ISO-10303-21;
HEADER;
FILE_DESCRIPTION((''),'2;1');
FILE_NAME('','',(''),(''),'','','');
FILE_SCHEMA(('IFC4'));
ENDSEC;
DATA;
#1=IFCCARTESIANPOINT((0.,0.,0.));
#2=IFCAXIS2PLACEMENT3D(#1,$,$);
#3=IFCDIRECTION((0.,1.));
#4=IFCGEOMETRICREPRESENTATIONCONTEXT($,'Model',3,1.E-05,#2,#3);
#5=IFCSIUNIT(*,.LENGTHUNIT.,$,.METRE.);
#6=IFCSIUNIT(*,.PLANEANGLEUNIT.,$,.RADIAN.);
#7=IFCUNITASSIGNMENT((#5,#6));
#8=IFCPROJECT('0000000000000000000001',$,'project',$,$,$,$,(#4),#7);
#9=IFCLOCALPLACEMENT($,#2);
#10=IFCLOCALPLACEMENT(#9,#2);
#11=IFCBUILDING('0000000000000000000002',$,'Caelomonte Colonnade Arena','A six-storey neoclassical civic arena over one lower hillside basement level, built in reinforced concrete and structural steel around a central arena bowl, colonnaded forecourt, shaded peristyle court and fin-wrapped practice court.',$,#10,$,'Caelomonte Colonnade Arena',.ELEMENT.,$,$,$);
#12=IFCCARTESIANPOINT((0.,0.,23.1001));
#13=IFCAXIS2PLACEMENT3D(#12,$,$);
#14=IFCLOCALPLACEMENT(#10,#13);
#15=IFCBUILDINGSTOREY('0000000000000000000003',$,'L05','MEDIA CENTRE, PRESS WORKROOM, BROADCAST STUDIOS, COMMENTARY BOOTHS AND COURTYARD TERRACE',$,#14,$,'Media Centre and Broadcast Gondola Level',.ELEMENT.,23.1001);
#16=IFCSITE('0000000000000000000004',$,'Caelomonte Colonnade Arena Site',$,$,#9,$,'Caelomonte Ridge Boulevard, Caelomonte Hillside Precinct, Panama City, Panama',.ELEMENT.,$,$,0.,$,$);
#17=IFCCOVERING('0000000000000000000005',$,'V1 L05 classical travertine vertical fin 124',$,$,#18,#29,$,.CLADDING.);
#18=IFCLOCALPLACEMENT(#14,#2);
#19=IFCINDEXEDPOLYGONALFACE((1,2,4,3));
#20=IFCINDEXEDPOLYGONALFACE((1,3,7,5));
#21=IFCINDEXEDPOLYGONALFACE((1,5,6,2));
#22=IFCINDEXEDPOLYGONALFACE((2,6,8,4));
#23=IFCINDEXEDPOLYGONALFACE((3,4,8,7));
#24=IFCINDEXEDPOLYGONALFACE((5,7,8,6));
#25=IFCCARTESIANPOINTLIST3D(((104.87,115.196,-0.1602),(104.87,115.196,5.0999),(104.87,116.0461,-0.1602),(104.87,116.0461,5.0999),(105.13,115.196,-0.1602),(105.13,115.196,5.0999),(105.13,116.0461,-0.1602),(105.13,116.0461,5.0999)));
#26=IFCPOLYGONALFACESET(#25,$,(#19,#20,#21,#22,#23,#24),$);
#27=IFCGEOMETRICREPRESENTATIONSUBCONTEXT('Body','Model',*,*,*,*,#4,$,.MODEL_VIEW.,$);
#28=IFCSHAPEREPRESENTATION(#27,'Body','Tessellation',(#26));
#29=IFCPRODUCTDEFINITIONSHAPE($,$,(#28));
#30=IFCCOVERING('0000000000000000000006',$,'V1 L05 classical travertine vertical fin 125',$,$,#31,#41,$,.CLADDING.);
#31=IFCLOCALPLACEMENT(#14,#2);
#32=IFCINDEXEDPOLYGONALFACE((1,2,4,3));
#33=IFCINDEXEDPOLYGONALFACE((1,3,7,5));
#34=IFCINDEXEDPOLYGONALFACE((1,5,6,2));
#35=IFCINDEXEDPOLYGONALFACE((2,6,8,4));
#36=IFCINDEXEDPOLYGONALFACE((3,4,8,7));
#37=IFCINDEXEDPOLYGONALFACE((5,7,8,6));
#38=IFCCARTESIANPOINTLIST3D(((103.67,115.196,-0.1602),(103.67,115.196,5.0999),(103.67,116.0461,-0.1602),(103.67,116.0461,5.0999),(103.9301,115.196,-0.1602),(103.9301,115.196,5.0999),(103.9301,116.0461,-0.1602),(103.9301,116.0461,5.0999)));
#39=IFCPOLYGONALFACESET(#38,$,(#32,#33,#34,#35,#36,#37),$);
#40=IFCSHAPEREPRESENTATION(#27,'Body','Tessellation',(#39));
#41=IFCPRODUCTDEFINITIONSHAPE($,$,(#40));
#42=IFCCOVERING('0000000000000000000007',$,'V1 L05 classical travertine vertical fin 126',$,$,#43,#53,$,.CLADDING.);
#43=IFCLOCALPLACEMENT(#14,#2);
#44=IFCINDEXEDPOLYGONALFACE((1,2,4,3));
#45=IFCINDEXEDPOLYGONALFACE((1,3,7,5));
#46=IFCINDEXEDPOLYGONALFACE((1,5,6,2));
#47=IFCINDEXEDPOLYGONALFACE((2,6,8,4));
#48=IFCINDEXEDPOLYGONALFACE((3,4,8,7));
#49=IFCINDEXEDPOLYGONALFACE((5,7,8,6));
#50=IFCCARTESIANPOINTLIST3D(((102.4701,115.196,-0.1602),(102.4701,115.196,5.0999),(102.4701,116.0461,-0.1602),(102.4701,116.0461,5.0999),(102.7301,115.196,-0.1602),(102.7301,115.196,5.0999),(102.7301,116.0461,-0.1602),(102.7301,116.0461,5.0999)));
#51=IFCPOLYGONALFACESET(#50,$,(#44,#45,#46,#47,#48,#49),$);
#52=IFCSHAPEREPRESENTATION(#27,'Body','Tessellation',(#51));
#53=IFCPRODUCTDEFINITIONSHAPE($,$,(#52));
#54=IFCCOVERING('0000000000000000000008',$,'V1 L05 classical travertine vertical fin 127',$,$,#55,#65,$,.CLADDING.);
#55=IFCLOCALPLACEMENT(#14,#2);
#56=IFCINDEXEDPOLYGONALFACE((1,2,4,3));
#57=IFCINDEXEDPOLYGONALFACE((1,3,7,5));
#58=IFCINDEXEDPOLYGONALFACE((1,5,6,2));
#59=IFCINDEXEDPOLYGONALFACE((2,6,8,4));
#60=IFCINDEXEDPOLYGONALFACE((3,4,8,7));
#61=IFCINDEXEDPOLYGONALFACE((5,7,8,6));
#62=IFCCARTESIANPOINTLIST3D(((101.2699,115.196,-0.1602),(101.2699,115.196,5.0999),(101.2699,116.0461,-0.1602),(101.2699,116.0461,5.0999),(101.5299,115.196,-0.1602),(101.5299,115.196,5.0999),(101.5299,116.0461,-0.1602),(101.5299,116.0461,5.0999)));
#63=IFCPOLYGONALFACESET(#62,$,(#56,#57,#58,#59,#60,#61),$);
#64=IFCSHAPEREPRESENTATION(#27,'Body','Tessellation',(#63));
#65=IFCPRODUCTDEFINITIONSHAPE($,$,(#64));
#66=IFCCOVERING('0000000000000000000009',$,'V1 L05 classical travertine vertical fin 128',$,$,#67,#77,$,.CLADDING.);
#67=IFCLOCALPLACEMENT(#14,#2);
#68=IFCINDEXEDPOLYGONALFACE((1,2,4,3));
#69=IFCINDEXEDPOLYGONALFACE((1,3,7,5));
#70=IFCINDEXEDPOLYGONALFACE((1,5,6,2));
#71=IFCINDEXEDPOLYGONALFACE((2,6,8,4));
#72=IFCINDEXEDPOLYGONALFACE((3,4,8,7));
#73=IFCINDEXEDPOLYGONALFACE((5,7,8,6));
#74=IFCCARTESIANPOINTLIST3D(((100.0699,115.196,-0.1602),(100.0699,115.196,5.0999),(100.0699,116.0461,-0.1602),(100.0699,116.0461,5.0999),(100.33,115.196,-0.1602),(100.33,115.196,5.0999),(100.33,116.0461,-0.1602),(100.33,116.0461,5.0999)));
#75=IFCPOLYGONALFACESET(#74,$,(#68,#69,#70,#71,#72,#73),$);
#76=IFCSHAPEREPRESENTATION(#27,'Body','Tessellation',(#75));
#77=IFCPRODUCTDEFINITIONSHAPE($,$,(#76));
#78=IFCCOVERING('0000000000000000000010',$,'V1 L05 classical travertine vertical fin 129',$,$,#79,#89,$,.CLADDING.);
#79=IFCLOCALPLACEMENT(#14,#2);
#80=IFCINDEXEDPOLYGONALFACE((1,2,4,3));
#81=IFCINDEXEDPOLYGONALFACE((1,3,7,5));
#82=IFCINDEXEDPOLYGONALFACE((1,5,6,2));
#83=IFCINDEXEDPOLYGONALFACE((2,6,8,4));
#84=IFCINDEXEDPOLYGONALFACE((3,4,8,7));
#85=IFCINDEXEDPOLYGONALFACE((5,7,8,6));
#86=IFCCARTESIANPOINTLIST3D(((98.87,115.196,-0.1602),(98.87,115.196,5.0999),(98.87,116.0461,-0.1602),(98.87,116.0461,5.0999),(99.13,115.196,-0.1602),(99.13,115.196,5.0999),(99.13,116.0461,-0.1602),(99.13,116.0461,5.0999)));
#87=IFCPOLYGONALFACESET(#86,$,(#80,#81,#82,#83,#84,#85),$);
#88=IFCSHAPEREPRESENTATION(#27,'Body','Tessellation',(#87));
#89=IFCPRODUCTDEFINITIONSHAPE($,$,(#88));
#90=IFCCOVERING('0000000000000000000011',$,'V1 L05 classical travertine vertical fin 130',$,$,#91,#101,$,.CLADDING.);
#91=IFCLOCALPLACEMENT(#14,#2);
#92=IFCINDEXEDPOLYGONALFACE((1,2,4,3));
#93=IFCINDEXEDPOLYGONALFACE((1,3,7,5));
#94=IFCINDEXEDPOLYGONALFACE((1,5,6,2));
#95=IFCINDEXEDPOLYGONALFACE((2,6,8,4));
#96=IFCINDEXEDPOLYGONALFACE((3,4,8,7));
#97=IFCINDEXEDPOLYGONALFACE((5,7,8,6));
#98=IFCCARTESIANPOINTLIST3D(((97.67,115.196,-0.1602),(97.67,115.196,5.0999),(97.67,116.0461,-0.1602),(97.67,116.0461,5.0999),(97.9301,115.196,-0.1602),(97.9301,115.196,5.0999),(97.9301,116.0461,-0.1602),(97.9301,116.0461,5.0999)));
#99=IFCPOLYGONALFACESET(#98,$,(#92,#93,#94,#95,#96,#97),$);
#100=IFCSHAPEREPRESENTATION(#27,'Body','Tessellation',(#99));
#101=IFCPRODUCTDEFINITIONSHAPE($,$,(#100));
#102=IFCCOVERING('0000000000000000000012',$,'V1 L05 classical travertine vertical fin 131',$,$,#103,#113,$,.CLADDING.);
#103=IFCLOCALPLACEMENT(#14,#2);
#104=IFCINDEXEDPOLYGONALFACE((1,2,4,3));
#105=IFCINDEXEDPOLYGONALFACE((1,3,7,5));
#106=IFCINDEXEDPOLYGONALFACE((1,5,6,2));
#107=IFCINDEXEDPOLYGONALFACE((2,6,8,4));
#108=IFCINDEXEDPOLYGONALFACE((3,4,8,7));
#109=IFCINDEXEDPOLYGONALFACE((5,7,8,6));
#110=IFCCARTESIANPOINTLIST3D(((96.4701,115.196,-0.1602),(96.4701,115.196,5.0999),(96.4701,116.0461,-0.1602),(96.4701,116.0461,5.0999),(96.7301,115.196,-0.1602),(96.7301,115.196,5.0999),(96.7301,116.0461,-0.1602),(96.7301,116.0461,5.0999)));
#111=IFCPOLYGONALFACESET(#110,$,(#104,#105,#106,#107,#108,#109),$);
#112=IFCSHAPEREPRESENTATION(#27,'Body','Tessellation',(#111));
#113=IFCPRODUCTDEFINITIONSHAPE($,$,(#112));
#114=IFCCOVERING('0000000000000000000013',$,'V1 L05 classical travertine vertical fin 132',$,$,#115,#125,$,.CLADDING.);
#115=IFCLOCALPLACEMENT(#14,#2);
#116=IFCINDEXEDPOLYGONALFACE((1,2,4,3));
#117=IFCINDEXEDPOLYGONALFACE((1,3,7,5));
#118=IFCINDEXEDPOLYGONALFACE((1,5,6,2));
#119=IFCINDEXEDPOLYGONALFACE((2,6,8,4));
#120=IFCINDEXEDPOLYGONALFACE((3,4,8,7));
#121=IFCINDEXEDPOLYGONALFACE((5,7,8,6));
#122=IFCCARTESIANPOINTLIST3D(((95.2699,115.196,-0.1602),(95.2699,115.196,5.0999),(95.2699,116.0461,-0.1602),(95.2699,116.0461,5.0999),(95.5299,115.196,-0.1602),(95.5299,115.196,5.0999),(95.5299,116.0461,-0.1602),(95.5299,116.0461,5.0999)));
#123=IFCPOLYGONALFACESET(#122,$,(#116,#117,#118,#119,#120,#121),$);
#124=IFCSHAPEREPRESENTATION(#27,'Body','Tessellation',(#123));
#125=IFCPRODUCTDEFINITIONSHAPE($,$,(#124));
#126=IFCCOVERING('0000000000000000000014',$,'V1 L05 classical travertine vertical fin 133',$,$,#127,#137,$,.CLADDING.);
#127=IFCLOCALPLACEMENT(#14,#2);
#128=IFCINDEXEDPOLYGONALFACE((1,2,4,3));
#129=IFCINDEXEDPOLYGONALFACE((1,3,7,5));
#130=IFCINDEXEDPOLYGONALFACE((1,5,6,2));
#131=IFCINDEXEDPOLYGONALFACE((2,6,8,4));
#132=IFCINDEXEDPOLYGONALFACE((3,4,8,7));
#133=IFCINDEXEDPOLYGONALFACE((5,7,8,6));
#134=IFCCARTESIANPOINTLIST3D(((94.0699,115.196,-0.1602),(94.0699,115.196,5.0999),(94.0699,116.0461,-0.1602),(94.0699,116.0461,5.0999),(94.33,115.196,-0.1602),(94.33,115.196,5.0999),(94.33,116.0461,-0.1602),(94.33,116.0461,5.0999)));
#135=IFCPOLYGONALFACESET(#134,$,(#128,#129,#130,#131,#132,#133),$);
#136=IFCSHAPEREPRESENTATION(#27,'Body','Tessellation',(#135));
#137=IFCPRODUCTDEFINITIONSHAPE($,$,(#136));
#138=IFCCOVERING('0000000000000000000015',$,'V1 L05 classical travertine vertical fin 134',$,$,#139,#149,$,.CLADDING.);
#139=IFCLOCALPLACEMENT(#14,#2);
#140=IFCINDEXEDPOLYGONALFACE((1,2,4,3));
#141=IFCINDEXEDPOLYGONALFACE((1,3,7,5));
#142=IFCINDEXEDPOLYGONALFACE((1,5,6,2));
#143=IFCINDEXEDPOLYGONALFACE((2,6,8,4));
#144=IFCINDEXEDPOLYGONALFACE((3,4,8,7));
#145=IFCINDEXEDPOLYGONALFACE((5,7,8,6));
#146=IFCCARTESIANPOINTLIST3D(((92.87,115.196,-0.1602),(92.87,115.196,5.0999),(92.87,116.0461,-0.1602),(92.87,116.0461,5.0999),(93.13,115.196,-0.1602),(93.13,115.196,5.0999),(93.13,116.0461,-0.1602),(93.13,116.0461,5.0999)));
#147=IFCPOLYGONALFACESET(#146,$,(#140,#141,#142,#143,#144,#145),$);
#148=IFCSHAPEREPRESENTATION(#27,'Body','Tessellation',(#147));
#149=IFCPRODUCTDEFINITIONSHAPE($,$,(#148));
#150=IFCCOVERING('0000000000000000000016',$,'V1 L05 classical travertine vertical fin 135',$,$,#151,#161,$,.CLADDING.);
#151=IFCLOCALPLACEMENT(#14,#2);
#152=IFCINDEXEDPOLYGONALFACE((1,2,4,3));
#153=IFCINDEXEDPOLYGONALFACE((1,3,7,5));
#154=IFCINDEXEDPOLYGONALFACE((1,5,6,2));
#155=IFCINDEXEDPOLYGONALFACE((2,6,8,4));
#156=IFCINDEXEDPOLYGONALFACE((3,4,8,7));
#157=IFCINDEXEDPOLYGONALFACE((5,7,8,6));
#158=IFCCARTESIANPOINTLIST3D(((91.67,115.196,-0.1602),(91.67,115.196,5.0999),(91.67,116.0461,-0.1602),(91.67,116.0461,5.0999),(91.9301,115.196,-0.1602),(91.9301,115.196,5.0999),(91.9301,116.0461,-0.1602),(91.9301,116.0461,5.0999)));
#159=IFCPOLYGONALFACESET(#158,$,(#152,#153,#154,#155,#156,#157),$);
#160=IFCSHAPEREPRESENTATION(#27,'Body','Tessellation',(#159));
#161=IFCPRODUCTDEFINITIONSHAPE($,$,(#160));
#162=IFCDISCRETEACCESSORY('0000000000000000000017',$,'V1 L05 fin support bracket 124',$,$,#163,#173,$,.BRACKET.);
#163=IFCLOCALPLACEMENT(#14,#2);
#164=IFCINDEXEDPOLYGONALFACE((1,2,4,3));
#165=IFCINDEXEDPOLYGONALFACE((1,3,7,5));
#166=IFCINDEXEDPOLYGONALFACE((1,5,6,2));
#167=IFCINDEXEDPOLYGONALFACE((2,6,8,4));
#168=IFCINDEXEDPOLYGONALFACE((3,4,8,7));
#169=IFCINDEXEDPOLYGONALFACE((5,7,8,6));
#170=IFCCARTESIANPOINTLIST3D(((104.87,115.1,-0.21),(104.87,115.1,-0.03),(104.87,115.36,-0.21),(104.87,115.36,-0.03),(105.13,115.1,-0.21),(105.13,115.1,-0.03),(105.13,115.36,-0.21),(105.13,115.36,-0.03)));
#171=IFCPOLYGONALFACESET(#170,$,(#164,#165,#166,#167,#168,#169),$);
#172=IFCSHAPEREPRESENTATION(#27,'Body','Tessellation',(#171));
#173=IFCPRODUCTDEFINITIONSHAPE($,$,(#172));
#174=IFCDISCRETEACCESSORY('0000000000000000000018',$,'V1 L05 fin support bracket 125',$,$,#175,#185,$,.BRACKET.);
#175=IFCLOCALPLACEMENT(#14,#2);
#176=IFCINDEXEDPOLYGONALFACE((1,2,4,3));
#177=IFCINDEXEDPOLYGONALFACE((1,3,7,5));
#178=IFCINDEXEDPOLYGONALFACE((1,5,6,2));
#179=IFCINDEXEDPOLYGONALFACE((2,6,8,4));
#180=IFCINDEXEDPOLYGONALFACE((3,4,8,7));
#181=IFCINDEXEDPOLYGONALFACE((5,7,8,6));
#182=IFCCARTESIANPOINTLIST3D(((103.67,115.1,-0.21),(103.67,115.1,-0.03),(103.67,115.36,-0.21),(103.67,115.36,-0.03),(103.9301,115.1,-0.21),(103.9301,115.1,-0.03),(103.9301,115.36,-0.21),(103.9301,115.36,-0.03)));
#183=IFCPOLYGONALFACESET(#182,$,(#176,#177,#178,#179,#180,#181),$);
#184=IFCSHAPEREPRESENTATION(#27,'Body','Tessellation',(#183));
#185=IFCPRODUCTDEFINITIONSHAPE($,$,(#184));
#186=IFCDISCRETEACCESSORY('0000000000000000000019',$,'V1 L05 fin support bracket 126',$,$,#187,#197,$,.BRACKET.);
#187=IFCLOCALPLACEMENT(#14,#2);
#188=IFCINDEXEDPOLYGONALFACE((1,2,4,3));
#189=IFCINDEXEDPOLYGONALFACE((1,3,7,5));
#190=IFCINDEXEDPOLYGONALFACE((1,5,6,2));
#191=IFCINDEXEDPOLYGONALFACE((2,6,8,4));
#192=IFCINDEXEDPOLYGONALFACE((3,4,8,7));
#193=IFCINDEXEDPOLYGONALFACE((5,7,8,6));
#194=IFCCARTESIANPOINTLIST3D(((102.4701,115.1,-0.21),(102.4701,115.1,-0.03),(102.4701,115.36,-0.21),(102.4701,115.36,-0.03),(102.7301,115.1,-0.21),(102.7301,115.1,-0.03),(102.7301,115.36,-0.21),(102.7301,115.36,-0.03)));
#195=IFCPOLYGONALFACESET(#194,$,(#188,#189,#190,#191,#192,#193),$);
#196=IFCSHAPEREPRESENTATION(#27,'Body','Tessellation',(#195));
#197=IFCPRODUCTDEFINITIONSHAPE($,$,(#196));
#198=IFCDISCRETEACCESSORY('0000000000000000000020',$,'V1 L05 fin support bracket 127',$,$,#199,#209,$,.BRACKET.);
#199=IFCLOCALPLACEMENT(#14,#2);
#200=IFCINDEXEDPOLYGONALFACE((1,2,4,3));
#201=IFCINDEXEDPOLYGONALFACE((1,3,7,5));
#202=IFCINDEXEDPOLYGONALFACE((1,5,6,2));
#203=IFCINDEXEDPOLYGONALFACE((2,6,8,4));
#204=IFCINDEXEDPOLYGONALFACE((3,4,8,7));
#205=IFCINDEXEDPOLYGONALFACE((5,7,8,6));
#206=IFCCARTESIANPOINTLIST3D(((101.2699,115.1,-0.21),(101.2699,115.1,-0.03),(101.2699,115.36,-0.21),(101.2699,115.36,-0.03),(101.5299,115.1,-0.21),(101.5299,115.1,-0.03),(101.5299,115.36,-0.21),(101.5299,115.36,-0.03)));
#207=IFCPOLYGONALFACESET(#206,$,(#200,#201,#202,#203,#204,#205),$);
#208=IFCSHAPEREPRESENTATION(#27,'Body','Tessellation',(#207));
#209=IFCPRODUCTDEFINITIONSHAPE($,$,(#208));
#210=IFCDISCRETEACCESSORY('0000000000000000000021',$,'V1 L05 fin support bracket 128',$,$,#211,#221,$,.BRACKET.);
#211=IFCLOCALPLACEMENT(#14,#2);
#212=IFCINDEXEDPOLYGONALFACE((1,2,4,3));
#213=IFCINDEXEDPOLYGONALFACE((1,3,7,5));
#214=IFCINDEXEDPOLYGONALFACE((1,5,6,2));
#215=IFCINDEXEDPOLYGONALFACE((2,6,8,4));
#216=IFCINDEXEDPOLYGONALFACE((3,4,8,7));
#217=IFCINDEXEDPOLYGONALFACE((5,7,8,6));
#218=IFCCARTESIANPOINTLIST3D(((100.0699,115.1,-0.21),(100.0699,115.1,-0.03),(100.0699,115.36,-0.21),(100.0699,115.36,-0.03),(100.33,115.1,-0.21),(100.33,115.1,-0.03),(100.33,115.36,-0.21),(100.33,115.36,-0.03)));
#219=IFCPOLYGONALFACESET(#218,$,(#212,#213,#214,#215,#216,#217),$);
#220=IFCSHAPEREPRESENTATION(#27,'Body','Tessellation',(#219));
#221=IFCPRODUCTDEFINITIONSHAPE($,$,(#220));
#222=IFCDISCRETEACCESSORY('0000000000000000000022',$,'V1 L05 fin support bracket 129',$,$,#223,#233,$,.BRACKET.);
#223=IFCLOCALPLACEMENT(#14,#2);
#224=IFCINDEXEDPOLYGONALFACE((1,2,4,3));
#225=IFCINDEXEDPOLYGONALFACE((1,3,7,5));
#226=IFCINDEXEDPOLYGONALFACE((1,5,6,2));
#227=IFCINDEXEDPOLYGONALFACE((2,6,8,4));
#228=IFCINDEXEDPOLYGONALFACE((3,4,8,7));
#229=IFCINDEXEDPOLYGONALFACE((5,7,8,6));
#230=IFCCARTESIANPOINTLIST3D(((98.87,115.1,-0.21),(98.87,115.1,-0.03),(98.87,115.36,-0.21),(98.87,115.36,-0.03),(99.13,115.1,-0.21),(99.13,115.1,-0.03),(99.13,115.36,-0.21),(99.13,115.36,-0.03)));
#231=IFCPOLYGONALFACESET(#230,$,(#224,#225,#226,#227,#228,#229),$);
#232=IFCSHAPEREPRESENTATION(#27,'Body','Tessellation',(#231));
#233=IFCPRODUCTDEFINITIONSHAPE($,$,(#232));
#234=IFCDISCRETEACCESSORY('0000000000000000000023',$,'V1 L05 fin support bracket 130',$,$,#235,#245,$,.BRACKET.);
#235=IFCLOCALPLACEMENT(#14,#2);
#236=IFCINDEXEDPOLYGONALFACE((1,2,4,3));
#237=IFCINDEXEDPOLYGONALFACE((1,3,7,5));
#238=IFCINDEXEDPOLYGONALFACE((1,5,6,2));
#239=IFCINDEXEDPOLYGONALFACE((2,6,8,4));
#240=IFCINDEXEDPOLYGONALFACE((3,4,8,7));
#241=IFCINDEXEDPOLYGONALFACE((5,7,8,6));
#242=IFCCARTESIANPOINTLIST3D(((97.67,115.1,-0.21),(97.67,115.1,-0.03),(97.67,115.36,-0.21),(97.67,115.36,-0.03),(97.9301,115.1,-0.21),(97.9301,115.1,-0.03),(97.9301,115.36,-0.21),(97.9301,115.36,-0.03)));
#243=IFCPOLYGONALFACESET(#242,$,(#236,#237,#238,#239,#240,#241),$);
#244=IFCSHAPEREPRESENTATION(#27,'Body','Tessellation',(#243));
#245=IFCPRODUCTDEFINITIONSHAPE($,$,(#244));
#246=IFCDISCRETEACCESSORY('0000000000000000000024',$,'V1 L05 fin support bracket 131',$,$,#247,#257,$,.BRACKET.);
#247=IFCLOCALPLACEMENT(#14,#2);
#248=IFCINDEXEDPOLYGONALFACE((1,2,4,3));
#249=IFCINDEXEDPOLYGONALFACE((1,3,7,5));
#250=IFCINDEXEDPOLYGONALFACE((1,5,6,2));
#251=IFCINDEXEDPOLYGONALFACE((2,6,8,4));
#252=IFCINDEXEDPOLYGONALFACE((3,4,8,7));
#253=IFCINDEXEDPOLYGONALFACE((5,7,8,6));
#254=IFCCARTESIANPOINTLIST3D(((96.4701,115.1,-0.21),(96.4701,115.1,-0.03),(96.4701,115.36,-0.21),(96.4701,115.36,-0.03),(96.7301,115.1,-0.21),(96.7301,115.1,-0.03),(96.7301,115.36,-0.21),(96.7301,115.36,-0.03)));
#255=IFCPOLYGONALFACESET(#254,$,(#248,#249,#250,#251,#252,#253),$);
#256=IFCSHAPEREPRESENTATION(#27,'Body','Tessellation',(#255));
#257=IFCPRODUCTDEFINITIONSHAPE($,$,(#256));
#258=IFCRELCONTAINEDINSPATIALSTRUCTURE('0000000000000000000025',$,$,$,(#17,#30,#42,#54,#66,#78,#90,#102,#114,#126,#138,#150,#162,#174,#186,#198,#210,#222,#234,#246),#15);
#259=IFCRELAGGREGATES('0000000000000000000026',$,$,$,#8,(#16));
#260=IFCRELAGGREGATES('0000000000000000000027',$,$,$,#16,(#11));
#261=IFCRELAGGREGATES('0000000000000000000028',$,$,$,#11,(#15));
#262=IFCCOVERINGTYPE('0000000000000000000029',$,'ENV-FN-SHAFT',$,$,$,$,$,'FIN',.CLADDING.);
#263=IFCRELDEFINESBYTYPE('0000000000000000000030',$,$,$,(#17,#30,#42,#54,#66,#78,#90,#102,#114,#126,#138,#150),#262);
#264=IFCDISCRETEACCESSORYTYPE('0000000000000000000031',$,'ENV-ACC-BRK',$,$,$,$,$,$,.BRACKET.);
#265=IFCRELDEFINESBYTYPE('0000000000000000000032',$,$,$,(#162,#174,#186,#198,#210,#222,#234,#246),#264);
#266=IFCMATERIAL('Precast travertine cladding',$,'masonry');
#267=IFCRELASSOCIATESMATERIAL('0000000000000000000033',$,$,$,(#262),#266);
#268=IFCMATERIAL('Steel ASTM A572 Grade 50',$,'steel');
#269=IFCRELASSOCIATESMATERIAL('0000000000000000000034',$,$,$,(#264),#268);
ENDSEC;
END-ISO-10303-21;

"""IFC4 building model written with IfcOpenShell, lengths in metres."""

from ifc_helpers import new_model, si_unit, direction, frame, origin, origin_2d, place, context, subcontext, project, spatial, rectangle, extrude, material, material_profile, profile_set, type_object, element, save


model = new_model("IFC4")

# Units and contexts
model_context = context("Model", 3, precision=1e-05, world=origin(), true_north=direction((0.0, 1.0)))
body_context = subcontext(model_context, "Body", "Model", "MODEL_VIEW")
ifc_project = project(units=[si_unit("LENGTHUNIT", "METRE"), si_unit("PLANEANGLEUNIT", "RADIAN")], contexts=[model_context])

# Site, building, storey
site_placement = place(None, origin())
site = spatial("IfcSite", under=ifc_project, at=site_placement, Name="Caelomonte Colonnade Arena Site", LongName="Caelomonte Ridge Boulevard, Caelomonte Hillside Precinct, Panama City, Panama", CompositionType="ELEMENT", RefElevation=0.0)
building_placement = place(site_placement, origin())
building = spatial("IfcBuilding", under=site, at=building_placement, Name="Caelomonte Colonnade Arena", Description="A six-storey neoclassical civic arena over one lower hillside basement level, built in reinforced concrete and structural steel around a central arena bowl, colonnaded forecourt, shaded peristyle court and fin-wrapped practice court.", LongName="Caelomonte Colonnade Arena", CompositionType="ELEMENT")
storey_placement = place(building_placement, frame((0.0, 0.0, 23.1001)))
storey = spatial("IfcBuildingStorey", under=building, at=storey_placement, Name="L05", Description="MEDIA CENTRE, PRESS WORKROOM, BROADCAST STUDIOS, COMMENTARY BOOTHS AND COURTYARD TERRACE", LongName="Media Centre and Broadcast Gondola Level", CompositionType="ELEMENT", Elevation=23.1001)

# Coverings
ifc_material_1 = material(Name="Precast travertine cladding", Category="masonry")
ifc_material_profile_1 = material_profile(ifc_material_1, rectangle(XDim=0.26, YDim=0.8501, at=origin_2d()), Name="FIN260X850")
ifc_profile_set_1 = profile_set([ifc_material_profile_1], Name="Precast travertine cladding")
covering_type = type_object("IfcCoveringType", Name="ENV-FN-SHAFT", ElementType="FIN", PredefinedType="CLADDING", material=ifc_profile_set_1)
for number, where, z_axis, x_axis, name in (
    (1, (105.0, 115.6211, -0.1602), (0.0, 0.0, 1.0), (1.0, 0.0, 0.0), "V1 L05 classical travertine vertical fin 124"),
    (2, (103.8, 115.6211, -0.1602), (0.0, 0.0, 1.0), (1.0, 0.0, 0.0), "V1 L05 classical travertine vertical fin 125"),
    (3, (102.6001, 115.6211, -0.1602), (0.0, 0.0, 1.0), (1.0, 0.0, 0.0), "V1 L05 classical travertine vertical fin 126"),
    (4, (101.3999, 115.6211, -0.1602), (0.0, 0.0, 1.0), (1.0, 0.0, 0.0), "V1 L05 classical travertine vertical fin 127"),
    (5, (100.2, 115.6211, -0.1602), (0.0, 0.0, 1.0), (1.0, 0.0, 0.0), "V1 L05 classical travertine vertical fin 128"),
    (6, (99.0, 115.6211, -0.1602), (0.0, 0.0, 1.0), (1.0, 0.0, 0.0), "V1 L05 classical travertine vertical fin 129"),
    (7, (97.8, 115.6211, -0.1602), (0.0, 0.0, 1.0), (1.0, 0.0, 0.0), "V1 L05 classical travertine vertical fin 130"),
    (8, (96.6001, 115.6211, -0.1602), (0.0, 0.0, 1.0), (1.0, 0.0, 0.0), "V1 L05 classical travertine vertical fin 131"),
    (9, (95.3999, 115.6211, -0.1602), (0.0, 0.0, 1.0), (1.0, 0.0, 0.0), "V1 L05 classical travertine vertical fin 132"),
    (10, (94.2, 115.6211, -0.1602), (0.0, 0.0, 1.0), (1.0, 0.0, 0.0), "V1 L05 classical travertine vertical fin 133"),
    (11, (93.0, 115.6211, -0.1602), (0.0, 0.0, 1.0), (1.0, 0.0, 0.0), "V1 L05 classical travertine vertical fin 134"),
    (12, (91.8, 115.6211, -0.1602), (0.0, 0.0, 1.0), (1.0, 0.0, 0.0), "V1 L05 classical travertine vertical fin 135"),
):
    element("IfcCovering", number, at=place(storey_placement, frame(where, z_axis=z_axis, x_axis=x_axis)), inside=storey, type_object=covering_type, Name=name, PredefinedType="CLADDING", context=body_context, shape_type="SweptSolid", body=[
        extrude(rectangle(XDim=0.26, YDim=0.8501, at=origin_2d()), origin(), (0.0, 0.0, 1.0), 5.26),
    ])

# Discrete accessories
ifc_material_2 = material(Name="Steel ASTM A572 Grade 50", Category="steel")
discrete_accessory_type = type_object("IfcDiscreteAccessoryType", Name="ENV-ACC-BRK", PredefinedType="BRACKET", material=ifc_material_2)
for number, where, z_axis, x_axis, name in (
    (13, (105.0, 115.23, -0.21), (0.0, 0.0, 1.0), (-1.0, 0.0, 0.0), "V1 L05 fin support bracket 124"),
    (14, (103.8, 115.23, -0.21), (0.0, 0.0, 1.0), (-1.0, 0.0, 0.0), "V1 L05 fin support bracket 125"),
    (15, (102.6001, 115.23, -0.21), (0.0, 0.0, 1.0), (-1.0, 0.0, 0.0), "V1 L05 fin support bracket 126"),
    (16, (101.3999, 115.23, -0.21), (0.0, 0.0, 1.0), (-1.0, 0.0, 0.0), "V1 L05 fin support bracket 127"),
    (17, (100.2, 115.23, -0.21), (0.0, 0.0, 1.0), (-1.0, 0.0, 0.0), "V1 L05 fin support bracket 128"),
    (18, (99.0, 115.23, -0.21), (0.0, 0.0, 1.0), (-1.0, 0.0, 0.0), "V1 L05 fin support bracket 129"),
    (19, (97.8, 115.23, -0.21), (0.0, 0.0, 1.0), (-1.0, 0.0, 0.0), "V1 L05 fin support bracket 130"),
    (20, (96.6001, 115.23, -0.21), (0.0, 0.0, 1.0), (-1.0, 0.0, 0.0), "V1 L05 fin support bracket 131"),
):
    element("IfcDiscreteAccessory", number, at=place(storey_placement, frame(where, z_axis=z_axis, x_axis=x_axis)), inside=storey, type_object=discrete_accessory_type, Name=name, PredefinedType="BRACKET", context=body_context, shape_type="SweptSolid", body=[
        extrude(rectangle(XDim=0.26, YDim=0.26, at=origin_2d()), origin(), (0.0, 0.0, 1.0), 0.1799),
    ])

save(model, "model.ifc")
